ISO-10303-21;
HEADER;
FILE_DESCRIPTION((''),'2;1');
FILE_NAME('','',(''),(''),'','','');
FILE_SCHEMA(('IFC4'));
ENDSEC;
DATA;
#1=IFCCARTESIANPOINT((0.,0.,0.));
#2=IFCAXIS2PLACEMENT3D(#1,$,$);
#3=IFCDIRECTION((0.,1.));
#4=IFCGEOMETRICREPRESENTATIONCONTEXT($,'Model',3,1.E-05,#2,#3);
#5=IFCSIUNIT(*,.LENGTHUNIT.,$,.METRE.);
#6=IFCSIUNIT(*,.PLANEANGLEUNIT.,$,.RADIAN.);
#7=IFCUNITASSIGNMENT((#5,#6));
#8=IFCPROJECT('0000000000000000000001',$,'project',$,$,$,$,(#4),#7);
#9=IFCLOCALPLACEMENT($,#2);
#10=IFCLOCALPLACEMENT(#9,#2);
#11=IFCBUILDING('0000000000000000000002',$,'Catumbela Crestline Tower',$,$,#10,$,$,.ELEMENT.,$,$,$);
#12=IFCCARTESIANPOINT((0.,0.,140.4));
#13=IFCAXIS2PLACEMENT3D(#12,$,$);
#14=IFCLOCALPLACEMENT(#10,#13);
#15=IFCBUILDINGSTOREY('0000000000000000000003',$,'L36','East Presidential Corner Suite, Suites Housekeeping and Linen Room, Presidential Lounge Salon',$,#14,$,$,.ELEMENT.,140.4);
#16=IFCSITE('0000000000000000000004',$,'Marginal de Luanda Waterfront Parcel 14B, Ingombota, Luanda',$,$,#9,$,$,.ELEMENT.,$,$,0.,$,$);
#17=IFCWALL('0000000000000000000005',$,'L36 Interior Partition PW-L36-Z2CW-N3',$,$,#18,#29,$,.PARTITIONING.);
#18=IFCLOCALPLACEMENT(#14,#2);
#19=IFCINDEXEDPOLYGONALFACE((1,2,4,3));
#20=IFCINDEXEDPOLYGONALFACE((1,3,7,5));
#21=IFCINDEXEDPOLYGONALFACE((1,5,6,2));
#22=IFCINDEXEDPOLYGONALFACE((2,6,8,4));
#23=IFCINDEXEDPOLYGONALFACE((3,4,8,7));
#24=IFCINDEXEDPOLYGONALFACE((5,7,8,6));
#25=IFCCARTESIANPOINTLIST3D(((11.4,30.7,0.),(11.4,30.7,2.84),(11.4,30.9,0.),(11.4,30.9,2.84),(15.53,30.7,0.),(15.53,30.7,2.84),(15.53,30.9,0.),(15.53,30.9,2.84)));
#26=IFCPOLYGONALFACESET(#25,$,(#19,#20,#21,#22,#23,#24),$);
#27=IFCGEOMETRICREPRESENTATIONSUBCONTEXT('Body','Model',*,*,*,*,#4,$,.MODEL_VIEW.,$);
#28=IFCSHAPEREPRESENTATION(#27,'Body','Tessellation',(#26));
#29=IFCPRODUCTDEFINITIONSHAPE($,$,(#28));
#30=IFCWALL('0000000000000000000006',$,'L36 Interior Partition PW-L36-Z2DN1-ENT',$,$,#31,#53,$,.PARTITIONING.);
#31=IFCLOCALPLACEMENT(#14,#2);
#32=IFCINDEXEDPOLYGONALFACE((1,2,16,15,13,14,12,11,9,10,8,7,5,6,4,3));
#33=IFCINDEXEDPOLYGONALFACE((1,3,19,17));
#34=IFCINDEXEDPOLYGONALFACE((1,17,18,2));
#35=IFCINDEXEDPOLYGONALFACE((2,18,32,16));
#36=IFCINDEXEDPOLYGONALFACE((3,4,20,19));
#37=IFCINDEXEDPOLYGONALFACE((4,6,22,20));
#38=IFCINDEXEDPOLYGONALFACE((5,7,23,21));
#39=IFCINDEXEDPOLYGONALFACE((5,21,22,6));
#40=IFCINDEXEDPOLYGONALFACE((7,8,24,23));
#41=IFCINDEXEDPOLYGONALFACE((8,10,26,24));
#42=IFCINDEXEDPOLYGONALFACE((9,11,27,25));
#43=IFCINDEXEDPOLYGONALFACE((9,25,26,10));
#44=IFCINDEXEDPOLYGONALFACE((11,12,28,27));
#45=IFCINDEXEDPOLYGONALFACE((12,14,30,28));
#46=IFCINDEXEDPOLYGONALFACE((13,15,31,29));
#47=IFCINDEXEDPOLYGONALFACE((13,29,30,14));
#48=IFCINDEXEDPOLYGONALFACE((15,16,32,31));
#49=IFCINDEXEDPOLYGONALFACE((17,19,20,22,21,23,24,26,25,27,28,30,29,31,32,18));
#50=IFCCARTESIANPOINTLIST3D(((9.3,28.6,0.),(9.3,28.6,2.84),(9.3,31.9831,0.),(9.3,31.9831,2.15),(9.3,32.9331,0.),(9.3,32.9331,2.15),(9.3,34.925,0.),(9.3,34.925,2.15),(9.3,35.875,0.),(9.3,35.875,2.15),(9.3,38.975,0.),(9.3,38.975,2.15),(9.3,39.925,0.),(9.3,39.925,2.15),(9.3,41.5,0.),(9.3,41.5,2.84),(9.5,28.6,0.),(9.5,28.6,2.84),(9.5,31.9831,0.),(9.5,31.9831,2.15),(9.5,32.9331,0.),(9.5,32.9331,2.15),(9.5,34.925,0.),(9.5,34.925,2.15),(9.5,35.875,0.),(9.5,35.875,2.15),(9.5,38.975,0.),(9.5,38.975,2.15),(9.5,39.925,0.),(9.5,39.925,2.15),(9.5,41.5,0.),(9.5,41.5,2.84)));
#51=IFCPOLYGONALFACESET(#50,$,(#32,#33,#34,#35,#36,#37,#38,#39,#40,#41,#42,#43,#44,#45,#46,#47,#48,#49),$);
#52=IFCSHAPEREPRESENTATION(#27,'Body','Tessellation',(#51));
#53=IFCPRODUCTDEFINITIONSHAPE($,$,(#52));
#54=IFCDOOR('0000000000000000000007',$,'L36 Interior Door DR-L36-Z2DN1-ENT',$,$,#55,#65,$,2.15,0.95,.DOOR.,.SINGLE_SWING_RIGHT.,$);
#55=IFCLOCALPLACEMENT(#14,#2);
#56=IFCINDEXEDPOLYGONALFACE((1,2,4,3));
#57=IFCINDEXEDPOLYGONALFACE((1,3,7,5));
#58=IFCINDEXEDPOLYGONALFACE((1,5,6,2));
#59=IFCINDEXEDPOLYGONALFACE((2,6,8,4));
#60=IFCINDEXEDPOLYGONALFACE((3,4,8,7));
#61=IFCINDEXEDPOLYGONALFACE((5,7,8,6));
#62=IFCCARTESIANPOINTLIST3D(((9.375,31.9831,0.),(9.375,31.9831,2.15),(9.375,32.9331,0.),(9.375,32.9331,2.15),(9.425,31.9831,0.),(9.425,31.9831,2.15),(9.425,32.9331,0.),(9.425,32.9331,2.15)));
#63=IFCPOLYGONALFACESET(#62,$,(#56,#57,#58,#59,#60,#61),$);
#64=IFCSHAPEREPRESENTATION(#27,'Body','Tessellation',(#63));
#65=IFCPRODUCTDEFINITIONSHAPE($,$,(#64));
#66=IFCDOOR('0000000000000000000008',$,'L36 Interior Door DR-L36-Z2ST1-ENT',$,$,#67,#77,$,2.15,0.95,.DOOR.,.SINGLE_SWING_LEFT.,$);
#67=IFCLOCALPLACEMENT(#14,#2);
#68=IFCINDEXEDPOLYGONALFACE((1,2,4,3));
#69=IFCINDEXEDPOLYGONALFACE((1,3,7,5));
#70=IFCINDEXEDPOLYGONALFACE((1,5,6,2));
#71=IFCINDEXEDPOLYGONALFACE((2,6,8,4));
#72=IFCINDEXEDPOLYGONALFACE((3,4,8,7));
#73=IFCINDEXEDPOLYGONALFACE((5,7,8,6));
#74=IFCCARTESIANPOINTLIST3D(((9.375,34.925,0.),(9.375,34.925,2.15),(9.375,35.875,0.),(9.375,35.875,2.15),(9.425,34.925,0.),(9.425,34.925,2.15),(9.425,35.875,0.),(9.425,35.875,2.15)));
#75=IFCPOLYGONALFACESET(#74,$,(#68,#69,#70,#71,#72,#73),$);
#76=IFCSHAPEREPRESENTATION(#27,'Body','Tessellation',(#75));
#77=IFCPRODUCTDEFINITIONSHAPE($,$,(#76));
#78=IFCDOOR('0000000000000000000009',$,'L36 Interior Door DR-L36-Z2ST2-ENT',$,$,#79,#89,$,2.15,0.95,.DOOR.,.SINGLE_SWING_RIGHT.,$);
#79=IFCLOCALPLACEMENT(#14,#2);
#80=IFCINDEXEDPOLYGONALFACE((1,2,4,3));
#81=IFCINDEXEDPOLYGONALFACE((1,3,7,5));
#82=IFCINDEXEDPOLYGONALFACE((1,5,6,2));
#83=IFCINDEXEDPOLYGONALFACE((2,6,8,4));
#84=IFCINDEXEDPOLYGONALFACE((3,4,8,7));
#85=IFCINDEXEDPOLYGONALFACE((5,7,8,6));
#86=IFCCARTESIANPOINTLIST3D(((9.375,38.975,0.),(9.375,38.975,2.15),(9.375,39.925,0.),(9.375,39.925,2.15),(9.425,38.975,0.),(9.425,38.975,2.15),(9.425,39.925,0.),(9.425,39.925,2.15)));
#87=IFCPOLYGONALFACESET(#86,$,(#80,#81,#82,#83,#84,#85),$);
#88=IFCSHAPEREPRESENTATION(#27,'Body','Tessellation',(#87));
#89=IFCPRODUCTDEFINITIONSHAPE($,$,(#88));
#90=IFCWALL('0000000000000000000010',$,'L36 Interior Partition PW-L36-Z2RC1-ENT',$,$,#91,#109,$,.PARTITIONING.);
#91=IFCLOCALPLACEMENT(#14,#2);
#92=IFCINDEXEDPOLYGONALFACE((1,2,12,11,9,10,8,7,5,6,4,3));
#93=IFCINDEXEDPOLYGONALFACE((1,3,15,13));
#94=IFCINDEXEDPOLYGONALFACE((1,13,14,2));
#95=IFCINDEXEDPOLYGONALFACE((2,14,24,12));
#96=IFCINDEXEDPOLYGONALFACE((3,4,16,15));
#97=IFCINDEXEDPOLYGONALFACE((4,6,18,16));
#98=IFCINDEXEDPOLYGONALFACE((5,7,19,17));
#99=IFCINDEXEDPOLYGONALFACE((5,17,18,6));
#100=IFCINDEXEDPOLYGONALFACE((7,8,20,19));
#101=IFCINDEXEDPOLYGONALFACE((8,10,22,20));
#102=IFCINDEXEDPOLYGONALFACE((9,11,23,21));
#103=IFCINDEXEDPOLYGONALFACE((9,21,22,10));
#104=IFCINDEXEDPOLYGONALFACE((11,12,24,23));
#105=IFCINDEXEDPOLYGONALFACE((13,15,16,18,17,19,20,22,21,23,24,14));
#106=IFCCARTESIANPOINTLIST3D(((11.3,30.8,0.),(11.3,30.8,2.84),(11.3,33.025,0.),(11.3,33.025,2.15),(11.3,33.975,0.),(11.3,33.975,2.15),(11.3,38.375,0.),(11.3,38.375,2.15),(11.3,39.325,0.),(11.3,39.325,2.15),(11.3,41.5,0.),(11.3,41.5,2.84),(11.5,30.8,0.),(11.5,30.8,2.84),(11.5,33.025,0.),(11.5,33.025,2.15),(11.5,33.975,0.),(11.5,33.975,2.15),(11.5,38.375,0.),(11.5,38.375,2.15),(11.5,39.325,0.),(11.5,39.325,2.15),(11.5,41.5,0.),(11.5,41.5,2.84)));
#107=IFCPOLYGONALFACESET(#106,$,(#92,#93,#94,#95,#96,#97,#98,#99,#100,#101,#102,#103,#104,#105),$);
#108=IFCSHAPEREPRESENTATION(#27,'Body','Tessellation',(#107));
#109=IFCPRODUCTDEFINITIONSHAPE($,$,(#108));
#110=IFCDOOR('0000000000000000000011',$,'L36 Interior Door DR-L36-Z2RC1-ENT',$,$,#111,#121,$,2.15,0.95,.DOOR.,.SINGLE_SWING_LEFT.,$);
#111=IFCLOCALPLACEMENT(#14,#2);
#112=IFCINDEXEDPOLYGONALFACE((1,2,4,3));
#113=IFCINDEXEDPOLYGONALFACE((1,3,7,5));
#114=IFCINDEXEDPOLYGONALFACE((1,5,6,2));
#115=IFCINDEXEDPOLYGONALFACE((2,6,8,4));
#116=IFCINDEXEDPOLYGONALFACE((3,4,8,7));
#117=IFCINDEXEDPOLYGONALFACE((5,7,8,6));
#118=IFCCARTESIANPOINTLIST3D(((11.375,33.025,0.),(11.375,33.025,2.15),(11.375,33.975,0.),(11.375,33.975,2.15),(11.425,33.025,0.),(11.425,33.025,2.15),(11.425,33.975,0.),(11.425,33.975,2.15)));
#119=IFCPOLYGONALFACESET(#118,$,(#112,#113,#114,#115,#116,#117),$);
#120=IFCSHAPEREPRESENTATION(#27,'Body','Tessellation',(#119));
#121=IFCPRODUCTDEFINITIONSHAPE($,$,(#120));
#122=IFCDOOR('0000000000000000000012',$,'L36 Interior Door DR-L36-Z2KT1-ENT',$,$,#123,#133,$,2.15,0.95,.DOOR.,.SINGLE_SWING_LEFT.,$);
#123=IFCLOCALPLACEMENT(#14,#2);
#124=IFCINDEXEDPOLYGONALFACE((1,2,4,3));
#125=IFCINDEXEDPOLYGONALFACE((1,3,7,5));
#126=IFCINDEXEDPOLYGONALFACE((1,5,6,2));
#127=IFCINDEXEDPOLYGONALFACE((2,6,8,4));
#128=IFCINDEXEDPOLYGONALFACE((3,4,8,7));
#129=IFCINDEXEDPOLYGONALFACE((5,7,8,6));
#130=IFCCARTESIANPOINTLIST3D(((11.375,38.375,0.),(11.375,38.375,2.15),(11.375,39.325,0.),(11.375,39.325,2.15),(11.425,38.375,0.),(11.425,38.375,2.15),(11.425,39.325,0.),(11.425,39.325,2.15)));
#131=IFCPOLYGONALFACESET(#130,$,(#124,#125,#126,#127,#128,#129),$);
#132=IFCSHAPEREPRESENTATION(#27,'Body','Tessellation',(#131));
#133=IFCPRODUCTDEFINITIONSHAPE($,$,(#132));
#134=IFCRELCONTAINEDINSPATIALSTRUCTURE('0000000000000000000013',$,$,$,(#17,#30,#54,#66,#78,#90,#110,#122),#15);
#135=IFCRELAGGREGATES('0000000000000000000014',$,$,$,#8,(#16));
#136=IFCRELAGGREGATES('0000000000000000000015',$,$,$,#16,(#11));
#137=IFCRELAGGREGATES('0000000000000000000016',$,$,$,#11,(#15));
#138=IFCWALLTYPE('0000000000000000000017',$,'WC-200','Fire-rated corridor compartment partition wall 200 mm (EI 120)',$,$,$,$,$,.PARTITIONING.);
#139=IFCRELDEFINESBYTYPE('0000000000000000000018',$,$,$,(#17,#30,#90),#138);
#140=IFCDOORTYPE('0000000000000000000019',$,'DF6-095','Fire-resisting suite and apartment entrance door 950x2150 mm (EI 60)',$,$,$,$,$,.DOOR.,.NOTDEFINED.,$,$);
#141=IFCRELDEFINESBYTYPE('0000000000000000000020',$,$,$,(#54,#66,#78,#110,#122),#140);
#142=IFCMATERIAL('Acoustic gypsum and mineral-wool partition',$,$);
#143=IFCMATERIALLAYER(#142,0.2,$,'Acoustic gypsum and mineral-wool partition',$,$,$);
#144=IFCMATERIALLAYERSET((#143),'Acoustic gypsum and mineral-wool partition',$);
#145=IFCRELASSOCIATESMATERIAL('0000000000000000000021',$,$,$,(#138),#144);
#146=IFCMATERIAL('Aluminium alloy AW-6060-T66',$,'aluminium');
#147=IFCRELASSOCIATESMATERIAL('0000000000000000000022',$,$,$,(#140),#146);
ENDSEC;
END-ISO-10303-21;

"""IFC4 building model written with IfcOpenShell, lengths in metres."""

from ifc_helpers import new_model, si_unit, direction, frame, frame_2d, origin, place, context, subcontext, project, spatial, rectangle, extrude, material, layer, layer_set, type_object, element, fill, save


model = new_model("IFC4")

# Units and contexts
model_context = context("Model", 3, precision=1e-05, world=origin(), true_north=direction((0.0, 1.0)))
body_context = subcontext(model_context, "Body", "Model", "MODEL_VIEW")
ifc_project = project(units=[si_unit("LENGTHUNIT", "METRE"), si_unit("PLANEANGLEUNIT", "RADIAN")], contexts=[model_context])

# Site, building, storey
site_placement = place(None, origin())
site = spatial("IfcSite", under=ifc_project, at=site_placement, Name="Marginal de Luanda Waterfront Parcel 14B, Ingombota, Luanda", CompositionType="ELEMENT", RefElevation=0.0)
building_placement = place(site_placement, origin())
building = spatial("IfcBuilding", under=site, at=building_placement, Name="Catumbela Crestline Tower", CompositionType="ELEMENT")
storey_placement = place(building_placement, frame((0.0, 0.0, 140.4)))
storey = spatial("IfcBuildingStorey", under=building, at=storey_placement, Name="L36", Description="East Presidential Corner Suite, Suites Housekeeping and Linen Room, Presidential Lounge Salon", CompositionType="ELEMENT", Elevation=140.4)

# Shared definitions
ifc_material_1 = material(Name="Acoustic gypsum and mineral-wool partition")
ifc_layer_1 = layer(ifc_material_1, 0.2, Name="Acoustic gypsum and mineral-wool partition")
ifc_layer_set_1 = layer_set([ifc_layer_1], Name="Acoustic gypsum and mineral-wool partition")
wall_type_1 = type_object("IfcWallType", Name="WC-200", Description="Fire-rated corridor compartment partition wall 200 mm (EI 120)", PredefinedType="PARTITIONING", material=ifc_layer_set_1)
ifc_material_2 = material(Name="Aluminium alloy AW-6060-T66", Category="aluminium")
door_type_1 = type_object("IfcDoorType", Name="DF6-095", Description="Fire-resisting suite and apartment entrance door 950x2150 mm (EI 60)", OperationType="NOTDEFINED", PredefinedType="DOOR", material=ifc_material_2)

# Wall
wall_1_placement = place(storey_placement, frame((11.4, 30.8, 0.0), z_axis=(0.0, 0.0, 1.0), x_axis=(1.0, 0.0, 0.0)))
element("IfcWall", 1, at=wall_1_placement, inside=storey, type_object=wall_type_1, Name="L36 Interior Partition PW-L36-Z2CW-N3", PredefinedType="PARTITIONING", context=body_context, shape_type="SweptSolid", body=[
    extrude(rectangle(XDim=4.13, YDim=0.2, at=frame_2d((2.065, 0.0))), origin(), (0.0, 0.0, 1.0), 2.84),
])

# Walls, openings, doors
wall_2_placement = place(storey_placement, frame((9.4, 28.6, 0.0), z_axis=(0.0, 0.0, 1.0), x_axis=(0.0, 1.0, 0.0)))
wall_2 = element("IfcWall", 2, at=wall_2_placement, inside=storey, type_object=wall_type_1, Name="L36 Interior Partition PW-L36-Z2DN1-ENT", PredefinedType="PARTITIONING", context=body_context, shape_type="SweptSolid", body=[
    extrude(rectangle(XDim=12.9, YDim=0.2, at=frame_2d((6.45, 0.0))), origin(), (0.0, 0.0, 1.0), 2.84),
])
opening_1_placement = place(wall_2_placement, frame((3.3831, 0.0, 0.0)))
opening_1 = element("IfcOpeningElement", 3, at=opening_1_placement, cuts=wall_2, PredefinedType="OPENING", context=body_context, shape_type="SweptSolid", body=[
    extrude(rectangle(XDim=0.95, YDim=2.15, at=frame_2d((0.475, 1.075))), frame((0.0, 0.11, 0.0), z_axis=(0.0, -1.0, 0.0), x_axis=(1.0, 0.0, 0.0)), (0.0, 0.0, 1.0), 0.22),
])
opening_2_placement = place(wall_2_placement, frame((6.325, 0.0, 0.0)))
opening_2 = element("IfcOpeningElement", 4, at=opening_2_placement, cuts=wall_2, PredefinedType="OPENING", context=body_context, shape_type="SweptSolid", body=[
    extrude(rectangle(XDim=0.95, YDim=2.15, at=frame_2d((0.475, 1.075))), frame((0.0, 0.11, 0.0), z_axis=(0.0, -1.0, 0.0), x_axis=(1.0, 0.0, 0.0)), (0.0, 0.0, 1.0), 0.22),
])
opening_3_placement = place(wall_2_placement, frame((10.375, 0.0, 0.0)))
opening_3 = element("IfcOpeningElement", 5, at=opening_3_placement, cuts=wall_2, PredefinedType="OPENING", context=body_context, shape_type="SweptSolid", body=[
    extrude(rectangle(XDim=0.95, YDim=2.15, at=frame_2d((0.475, 1.075))), frame((0.0, 0.11, 0.0), z_axis=(0.0, -1.0, 0.0), x_axis=(1.0, 0.0, 0.0)), (0.0, 0.0, 1.0), 0.22),
])
door_1_placement = place(opening_1_placement, origin())
door_1 = element("IfcDoor", 6, at=door_1_placement, inside=storey, type_object=door_type_1, Name="L36 Interior Door DR-L36-Z2DN1-ENT", OperationType="SINGLE_SWING_RIGHT", OverallHeight=2.15, OverallWidth=0.95, PredefinedType="DOOR", context=body_context, shape_type="SweptSolid", body=[
    extrude(rectangle(XDim=0.95, YDim=2.15, at=frame_2d((0.475, 1.075))), frame((0.0, 0.025, 0.0), z_axis=(0.0, -1.0, 0.0), x_axis=(1.0, 0.0, 0.0)), (0.0, 0.0, 1.0), 0.05),
])
fill(opening_1, door_1)
door_2_placement = place(opening_2_placement, origin())
door_2 = element("IfcDoor", 7, at=door_2_placement, inside=storey, type_object=door_type_1, Name="L36 Interior Door DR-L36-Z2ST1-ENT", OperationType="SINGLE_SWING_LEFT", OverallHeight=2.15, OverallWidth=0.95, PredefinedType="DOOR", context=body_context, shape_type="SweptSolid", body=[
    extrude(rectangle(XDim=0.95, YDim=2.15, at=frame_2d((0.475, 1.075))), frame((0.0, 0.025, 0.0), z_axis=(0.0, -1.0, 0.0), x_axis=(1.0, 0.0, 0.0)), (0.0, 0.0, 1.0), 0.05),
])
fill(opening_2, door_2)
door_3_placement = place(opening_3_placement, origin())
door_3 = element("IfcDoor", 8, at=door_3_placement, inside=storey, type_object=door_type_1, Name="L36 Interior Door DR-L36-Z2ST2-ENT", OperationType="SINGLE_SWING_RIGHT", OverallHeight=2.15, OverallWidth=0.95, PredefinedType="DOOR", context=body_context, shape_type="SweptSolid", body=[
    extrude(rectangle(XDim=0.95, YDim=2.15, at=frame_2d((0.475, 1.075))), frame((0.0, 0.025, 0.0), z_axis=(0.0, -1.0, 0.0), x_axis=(1.0, 0.0, 0.0)), (0.0, 0.0, 1.0), 0.05),
])
fill(opening_3, door_3)
wall_3_placement = place(storey_placement, frame((11.4, 30.8, 0.0), z_axis=(0.0, 0.0, 1.0), x_axis=(0.0, 1.0, 0.0)))
wall_3 = element("IfcWall", 9, at=wall_3_placement, inside=storey, type_object=wall_type_1, Name="L36 Interior Partition PW-L36-Z2RC1-ENT", PredefinedType="PARTITIONING", context=body_context, shape_type="SweptSolid", body=[
    extrude(rectangle(XDim=10.7, YDim=0.2, at=frame_2d((5.35, 0.0))), origin(), (0.0, 0.0, 1.0), 2.84),
])
opening_4_placement = place(wall_3_placement, frame((2.225, 0.0, 0.0)))
opening_4 = element("IfcOpeningElement", 10, at=opening_4_placement, cuts=wall_3, PredefinedType="OPENING", context=body_context, shape_type="SweptSolid", body=[
    extrude(rectangle(XDim=0.95, YDim=2.15, at=frame_2d((0.475, 1.075))), frame((0.0, 0.11, 0.0), z_axis=(0.0, -1.0, 0.0), x_axis=(1.0, 0.0, 0.0)), (0.0, 0.0, 1.0), 0.22),
])
opening_5_placement = place(wall_3_placement, frame((7.575, 0.0, 0.0)))
opening_5 = element("IfcOpeningElement", 11, at=opening_5_placement, cuts=wall_3, PredefinedType="OPENING", context=body_context, shape_type="SweptSolid", body=[
    extrude(rectangle(XDim=0.95, YDim=2.15, at=frame_2d((0.475, 1.075))), frame((0.0, 0.11, 0.0), z_axis=(0.0, -1.0, 0.0), x_axis=(1.0, 0.0, 0.0)), (0.0, 0.0, 1.0), 0.22),
])
door_4_placement = place(opening_4_placement, origin())
door_4 = element("IfcDoor", 12, at=door_4_placement, inside=storey, type_object=door_type_1, Name="L36 Interior Door DR-L36-Z2RC1-ENT", OperationType="SINGLE_SWING_LEFT", OverallHeight=2.15, OverallWidth=0.95, PredefinedType="DOOR", context=body_context, shape_type="SweptSolid", body=[
    extrude(rectangle(XDim=0.95, YDim=2.15, at=frame_2d((0.475, 1.075))), frame((0.0, 0.025, 0.0), z_axis=(0.0, -1.0, 0.0), x_axis=(1.0, 0.0, 0.0)), (0.0, 0.0, 1.0), 0.05),
])
fill(opening_4, door_4)
door_5_placement = place(opening_5_placement, origin())
door_5 = element("IfcDoor", 13, at=door_5_placement, inside=storey, type_object=door_type_1, Name="L36 Interior Door DR-L36-Z2KT1-ENT", OperationType="SINGLE_SWING_LEFT", OverallHeight=2.15, OverallWidth=0.95, PredefinedType="DOOR", context=body_context, shape_type="SweptSolid", body=[
    extrude(rectangle(XDim=0.95, YDim=2.15, at=frame_2d((0.475, 1.075))), frame((0.0, 0.025, 0.0), z_axis=(0.0, -1.0, 0.0), x_axis=(1.0, 0.0, 0.0)), (0.0, 0.0, 1.0), 0.05),
])
fill(opening_5, door_5)

save(model, "model.ifc")
